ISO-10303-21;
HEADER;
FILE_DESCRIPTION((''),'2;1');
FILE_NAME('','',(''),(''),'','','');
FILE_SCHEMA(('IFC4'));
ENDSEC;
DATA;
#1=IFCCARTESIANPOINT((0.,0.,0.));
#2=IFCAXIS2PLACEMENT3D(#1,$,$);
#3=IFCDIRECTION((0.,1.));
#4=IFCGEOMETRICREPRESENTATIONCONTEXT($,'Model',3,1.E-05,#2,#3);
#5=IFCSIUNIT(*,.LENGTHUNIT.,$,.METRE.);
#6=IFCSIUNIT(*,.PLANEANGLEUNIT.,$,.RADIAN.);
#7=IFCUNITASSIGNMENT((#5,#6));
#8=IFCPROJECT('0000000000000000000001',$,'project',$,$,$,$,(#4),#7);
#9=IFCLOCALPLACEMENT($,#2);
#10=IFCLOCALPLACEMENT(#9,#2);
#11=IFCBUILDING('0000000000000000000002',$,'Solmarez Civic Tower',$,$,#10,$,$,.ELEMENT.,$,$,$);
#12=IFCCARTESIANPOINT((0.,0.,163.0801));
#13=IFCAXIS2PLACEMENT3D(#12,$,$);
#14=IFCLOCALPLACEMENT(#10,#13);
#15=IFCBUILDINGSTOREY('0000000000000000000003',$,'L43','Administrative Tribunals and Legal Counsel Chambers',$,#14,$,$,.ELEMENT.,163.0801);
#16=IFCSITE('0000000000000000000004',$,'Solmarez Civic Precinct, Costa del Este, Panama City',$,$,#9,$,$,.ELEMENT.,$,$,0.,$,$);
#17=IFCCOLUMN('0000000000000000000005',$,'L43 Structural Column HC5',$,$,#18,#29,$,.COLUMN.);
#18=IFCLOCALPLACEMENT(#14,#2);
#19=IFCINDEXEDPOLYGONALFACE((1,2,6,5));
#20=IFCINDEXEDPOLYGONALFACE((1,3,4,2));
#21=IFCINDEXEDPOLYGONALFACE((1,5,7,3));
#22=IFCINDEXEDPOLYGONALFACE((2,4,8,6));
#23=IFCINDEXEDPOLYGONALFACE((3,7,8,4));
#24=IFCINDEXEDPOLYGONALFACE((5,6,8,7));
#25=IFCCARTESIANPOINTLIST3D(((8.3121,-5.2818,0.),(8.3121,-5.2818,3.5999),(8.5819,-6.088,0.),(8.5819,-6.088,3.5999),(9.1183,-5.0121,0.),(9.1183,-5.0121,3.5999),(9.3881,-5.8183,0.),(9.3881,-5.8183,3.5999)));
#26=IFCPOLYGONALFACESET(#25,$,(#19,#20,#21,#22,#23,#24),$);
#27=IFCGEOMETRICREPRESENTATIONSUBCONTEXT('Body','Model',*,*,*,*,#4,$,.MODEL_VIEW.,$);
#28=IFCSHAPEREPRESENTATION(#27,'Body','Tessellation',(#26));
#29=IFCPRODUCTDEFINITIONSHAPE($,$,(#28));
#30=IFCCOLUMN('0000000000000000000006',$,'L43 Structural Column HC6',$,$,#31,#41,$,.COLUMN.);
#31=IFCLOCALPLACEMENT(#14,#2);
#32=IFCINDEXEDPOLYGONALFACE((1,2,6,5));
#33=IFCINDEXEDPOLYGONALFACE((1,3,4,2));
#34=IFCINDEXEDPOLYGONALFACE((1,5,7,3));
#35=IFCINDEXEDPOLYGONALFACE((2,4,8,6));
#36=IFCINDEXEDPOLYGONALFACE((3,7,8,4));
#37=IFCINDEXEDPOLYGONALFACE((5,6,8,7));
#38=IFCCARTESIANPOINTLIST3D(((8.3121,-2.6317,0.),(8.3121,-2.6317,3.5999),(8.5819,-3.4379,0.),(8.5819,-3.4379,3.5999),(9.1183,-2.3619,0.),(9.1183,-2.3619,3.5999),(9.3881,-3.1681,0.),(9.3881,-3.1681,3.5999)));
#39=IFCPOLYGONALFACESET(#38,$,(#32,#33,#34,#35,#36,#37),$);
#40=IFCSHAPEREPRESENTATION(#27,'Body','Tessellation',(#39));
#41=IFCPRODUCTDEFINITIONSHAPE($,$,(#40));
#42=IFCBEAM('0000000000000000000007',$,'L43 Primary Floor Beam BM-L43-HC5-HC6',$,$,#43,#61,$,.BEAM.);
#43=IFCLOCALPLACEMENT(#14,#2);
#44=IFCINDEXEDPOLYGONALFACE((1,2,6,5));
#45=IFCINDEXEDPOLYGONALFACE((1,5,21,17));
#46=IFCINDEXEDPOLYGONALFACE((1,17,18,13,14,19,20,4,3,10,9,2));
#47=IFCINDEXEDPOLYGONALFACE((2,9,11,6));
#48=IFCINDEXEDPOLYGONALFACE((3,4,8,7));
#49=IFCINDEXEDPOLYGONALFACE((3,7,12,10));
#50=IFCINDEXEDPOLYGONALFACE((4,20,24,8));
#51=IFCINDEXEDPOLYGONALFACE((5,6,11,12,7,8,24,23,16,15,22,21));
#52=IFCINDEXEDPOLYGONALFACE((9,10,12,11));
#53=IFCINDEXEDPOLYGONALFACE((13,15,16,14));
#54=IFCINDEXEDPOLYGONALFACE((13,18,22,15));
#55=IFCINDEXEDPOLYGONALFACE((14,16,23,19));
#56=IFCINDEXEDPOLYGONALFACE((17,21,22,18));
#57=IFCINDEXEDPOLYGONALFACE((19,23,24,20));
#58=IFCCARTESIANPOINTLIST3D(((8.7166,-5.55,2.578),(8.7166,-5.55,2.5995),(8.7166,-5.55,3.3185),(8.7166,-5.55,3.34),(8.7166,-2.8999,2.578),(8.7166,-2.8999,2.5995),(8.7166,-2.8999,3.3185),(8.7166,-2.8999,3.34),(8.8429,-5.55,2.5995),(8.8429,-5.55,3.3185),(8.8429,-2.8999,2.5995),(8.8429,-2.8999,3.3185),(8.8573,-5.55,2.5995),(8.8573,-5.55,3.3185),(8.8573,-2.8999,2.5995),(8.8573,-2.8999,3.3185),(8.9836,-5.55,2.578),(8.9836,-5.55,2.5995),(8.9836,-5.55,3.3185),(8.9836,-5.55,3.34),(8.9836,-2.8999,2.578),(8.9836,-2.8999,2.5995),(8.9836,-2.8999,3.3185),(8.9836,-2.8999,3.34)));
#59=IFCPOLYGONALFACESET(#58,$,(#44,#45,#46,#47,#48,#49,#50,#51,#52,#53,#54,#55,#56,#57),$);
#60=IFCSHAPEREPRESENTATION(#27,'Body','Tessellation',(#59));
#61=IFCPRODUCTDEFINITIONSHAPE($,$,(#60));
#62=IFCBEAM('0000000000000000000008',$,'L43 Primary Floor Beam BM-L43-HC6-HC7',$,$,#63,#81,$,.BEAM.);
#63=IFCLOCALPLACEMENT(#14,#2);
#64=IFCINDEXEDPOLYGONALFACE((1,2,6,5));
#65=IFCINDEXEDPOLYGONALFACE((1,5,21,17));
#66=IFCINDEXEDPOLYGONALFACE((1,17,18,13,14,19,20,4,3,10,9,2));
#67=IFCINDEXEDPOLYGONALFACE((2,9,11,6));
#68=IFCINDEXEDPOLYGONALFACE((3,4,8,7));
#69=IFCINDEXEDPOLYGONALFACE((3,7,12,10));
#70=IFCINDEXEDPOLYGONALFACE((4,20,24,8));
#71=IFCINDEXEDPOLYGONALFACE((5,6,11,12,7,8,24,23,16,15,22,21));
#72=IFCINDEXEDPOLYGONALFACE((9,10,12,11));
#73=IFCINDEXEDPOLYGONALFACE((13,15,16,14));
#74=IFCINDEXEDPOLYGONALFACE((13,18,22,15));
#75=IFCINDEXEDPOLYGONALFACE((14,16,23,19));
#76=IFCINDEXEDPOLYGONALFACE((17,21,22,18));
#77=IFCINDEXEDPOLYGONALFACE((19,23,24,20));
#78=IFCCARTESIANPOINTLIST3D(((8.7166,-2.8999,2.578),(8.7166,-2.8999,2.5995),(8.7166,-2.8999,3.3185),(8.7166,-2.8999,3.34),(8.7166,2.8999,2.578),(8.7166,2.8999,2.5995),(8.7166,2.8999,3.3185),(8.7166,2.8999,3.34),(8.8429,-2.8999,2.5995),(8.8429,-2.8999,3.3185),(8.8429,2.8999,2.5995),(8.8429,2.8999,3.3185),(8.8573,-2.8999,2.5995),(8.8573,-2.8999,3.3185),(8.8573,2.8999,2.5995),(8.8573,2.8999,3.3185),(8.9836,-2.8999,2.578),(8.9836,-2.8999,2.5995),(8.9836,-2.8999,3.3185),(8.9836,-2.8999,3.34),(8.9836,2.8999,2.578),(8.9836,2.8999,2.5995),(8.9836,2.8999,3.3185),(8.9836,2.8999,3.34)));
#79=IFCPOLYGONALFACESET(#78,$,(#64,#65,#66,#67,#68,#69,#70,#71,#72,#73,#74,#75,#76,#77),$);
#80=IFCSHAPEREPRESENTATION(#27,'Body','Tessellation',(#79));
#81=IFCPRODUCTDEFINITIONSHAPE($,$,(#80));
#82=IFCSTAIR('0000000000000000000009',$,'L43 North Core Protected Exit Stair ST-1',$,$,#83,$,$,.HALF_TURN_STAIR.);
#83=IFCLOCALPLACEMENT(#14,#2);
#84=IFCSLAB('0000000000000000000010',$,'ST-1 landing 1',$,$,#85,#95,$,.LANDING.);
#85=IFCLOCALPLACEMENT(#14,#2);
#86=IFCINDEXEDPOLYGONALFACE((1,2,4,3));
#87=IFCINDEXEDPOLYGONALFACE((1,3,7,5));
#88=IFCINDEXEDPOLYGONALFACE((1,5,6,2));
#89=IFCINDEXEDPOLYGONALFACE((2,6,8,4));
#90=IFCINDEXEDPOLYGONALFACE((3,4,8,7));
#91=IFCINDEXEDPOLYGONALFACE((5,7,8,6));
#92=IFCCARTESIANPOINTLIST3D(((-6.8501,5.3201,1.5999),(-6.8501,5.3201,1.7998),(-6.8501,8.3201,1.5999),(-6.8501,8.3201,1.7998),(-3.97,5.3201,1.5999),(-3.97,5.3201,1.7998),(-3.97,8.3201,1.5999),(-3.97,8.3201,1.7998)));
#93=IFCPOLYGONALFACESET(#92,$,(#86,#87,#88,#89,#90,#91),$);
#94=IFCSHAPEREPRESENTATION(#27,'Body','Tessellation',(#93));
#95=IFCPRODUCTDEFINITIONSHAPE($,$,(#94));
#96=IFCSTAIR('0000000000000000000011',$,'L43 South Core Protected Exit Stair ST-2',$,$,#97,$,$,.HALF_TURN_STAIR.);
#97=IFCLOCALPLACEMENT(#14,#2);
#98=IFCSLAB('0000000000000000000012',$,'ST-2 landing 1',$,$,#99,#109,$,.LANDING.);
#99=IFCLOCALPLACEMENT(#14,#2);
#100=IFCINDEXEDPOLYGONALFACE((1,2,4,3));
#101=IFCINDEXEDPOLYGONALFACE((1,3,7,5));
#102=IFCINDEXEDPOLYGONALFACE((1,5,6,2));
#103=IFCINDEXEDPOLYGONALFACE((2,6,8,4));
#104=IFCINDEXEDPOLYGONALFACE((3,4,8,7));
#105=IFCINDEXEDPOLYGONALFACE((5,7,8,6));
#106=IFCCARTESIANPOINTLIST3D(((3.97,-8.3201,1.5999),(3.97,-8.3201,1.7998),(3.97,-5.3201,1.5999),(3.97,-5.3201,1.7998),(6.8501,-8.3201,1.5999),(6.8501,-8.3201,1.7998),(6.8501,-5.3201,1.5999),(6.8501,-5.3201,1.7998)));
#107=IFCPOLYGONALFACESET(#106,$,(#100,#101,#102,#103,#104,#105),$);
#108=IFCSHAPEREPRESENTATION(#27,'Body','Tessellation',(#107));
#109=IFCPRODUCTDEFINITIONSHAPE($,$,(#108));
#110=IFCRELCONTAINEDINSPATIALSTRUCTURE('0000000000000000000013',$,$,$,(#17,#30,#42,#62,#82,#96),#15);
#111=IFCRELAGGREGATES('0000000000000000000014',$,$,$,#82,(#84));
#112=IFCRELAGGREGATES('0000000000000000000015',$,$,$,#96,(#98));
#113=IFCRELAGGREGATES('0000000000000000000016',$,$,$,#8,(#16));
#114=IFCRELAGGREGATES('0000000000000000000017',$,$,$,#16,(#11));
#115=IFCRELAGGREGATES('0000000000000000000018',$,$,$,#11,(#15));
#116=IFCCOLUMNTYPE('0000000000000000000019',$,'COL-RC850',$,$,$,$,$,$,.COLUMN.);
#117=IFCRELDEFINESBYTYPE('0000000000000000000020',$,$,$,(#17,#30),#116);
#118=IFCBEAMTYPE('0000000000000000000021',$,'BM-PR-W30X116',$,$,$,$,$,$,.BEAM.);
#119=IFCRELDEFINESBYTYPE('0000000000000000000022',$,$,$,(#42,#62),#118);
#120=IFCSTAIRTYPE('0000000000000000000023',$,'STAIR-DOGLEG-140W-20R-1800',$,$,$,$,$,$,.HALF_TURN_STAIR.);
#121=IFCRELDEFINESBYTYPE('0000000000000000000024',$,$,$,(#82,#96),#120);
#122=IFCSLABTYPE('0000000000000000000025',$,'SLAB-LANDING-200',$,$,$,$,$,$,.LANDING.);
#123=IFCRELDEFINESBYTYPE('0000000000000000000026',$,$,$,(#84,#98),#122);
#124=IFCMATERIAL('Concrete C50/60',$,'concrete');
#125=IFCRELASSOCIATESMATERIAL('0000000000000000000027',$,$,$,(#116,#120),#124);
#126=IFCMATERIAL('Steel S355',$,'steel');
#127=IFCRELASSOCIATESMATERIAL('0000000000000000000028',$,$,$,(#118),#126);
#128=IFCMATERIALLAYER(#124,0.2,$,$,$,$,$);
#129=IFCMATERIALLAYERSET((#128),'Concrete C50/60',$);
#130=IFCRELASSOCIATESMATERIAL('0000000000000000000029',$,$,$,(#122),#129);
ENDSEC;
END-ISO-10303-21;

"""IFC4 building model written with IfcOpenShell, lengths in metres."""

from ifc_helpers import new_model, si_unit, direction, frame, origin, origin_2d, place, context, subcontext, project, spatial, polyline, rectangle, i_section, outline, extrude, material, layer, layer_set, material_profile, profile_set, type_object, element, aggregate, save


model = new_model("IFC4")

# Units and contexts
model_context = context("Model", 3, precision=1e-05, world=origin(), true_north=direction((0.0, 1.0)))
body_context = subcontext(model_context, "Body", "Model", "MODEL_VIEW")
ifc_project = project(units=[si_unit("LENGTHUNIT", "METRE"), si_unit("PLANEANGLEUNIT", "RADIAN")], contexts=[model_context])

# Site, building, storey
site_placement = place(None, origin())
site = spatial("IfcSite", under=ifc_project, at=site_placement, Name="Solmarez Civic Precinct, Costa del Este, Panama City", CompositionType="ELEMENT", RefElevation=0.0)
building_placement = place(site_placement, origin())
building = spatial("IfcBuilding", under=site, at=building_placement, Name="Solmarez Civic Tower", CompositionType="ELEMENT")
storey_placement = place(building_placement, frame((0.0, 0.0, 163.0801)))
storey = spatial("IfcBuildingStorey", under=building, at=storey_placement, Name="L43", Description="Administrative Tribunals and Legal Counsel Chambers", CompositionType="ELEMENT", Elevation=163.0801)

# Columns
ifc_material_1 = material(Name="Concrete C50/60", Category="concrete")
ifc_material_profile_1 = material_profile(ifc_material_1, rectangle(XDim=0.8501, YDim=0.8501, at=origin_2d()), Name="RC850X850")
ifc_profile_set_1 = profile_set([ifc_material_profile_1], Name="Concrete C50/60")
column_type = type_object("IfcColumnType", Name="COL-RC850", PredefinedType="COLUMN", material=ifc_profile_set_1)
for number, where, z_axis, x_axis, name in (
    (1, (8.8501, -5.55, 0.0), (0.0, 0.0, 1.0), (0.948324, 0.317305, 0.0), "L43 Structural Column HC5"),
    (2, (8.8501, -2.8999, 0.0), (0.0, 0.0, 1.0), (0.948324, 0.317305, 0.0), "L43 Structural Column HC6"),
):
    element("IfcColumn", number, at=place(storey_placement, frame(where, z_axis=z_axis, x_axis=x_axis)), inside=storey, type_object=column_type, Name=name, PredefinedType="COLUMN", context=body_context, shape_type="SweptSolid", body=[
        extrude(rectangle(XDim=0.8501, YDim=0.8501, at=origin_2d()), origin(), (0.0, 0.0, 1.0), 3.5999),
    ])

# Beams
ifc_material_2 = material(Name="Steel S355", Category="steel")
ifc_material_profile_2 = material_profile(ifc_material_2, i_section(OverallWidth=0.2671, OverallDepth=0.762, WebThickness=0.0144, FlangeThickness=0.0215, at=origin_2d()), Name="W30X116")
ifc_profile_set_2 = profile_set([ifc_material_profile_2], Name="Steel S355")
beam_type = type_object("IfcBeamType", Name="BM-PR-W30X116", PredefinedType="BEAM", material=ifc_profile_set_2)
beam_1_placement = place(storey_placement, frame((8.8501, -5.55, 2.959), z_axis=(0.0, 1.0, 0.0), x_axis=(-1.0, 0.0, 0.0)))
element("IfcBeam", 3, at=beam_1_placement, inside=storey, type_object=beam_type, Name="L43 Primary Floor Beam BM-L43-HC5-HC6", PredefinedType="BEAM", context=body_context, shape_type="SweptSolid", body=[
    extrude(i_section(OverallWidth=0.2671, OverallDepth=0.762, WebThickness=0.0144, FlangeThickness=0.0215, at=origin_2d()), origin(), (0.0, 0.0, 1.0), 2.6501),
])
beam_2_placement = place(storey_placement, frame((8.8501, -2.8999, 2.959), z_axis=(0.0, 1.0, 0.0), x_axis=(-1.0, 0.0, 0.0)))
element("IfcBeam", 4, at=beam_2_placement, inside=storey, type_object=beam_type, Name="L43 Primary Floor Beam BM-L43-HC6-HC7", PredefinedType="BEAM", context=body_context, shape_type="SweptSolid", body=[
    extrude(i_section(OverallWidth=0.2671, OverallDepth=0.762, WebThickness=0.0144, FlangeThickness=0.0215, at=origin_2d()), origin(), (0.0, 0.0, 1.0), 5.7998),
])

# Stairs, slabs
stair_type = type_object("IfcStairType", Name="STAIR-DOGLEG-140W-20R-1800", PredefinedType="HALF_TURN_STAIR", material=ifc_material_1)
stair_1_placement = place(storey_placement, origin())
stair_1 = element("IfcStair", 5, at=stair_1_placement, inside=storey, type_object=stair_type, Name="L43 North Core Protected Exit Stair ST-1", PredefinedType="HALF_TURN_STAIR")
ifc_layer_1 = layer(ifc_material_1, 0.2)
ifc_layer_set_1 = layer_set([ifc_layer_1], Name="Concrete C50/60")
slab_type_1 = type_object("IfcSlabType", Name="SLAB-LANDING-200", PredefinedType="LANDING", material=ifc_layer_set_1)
slab_1_placement = place(storey_placement, frame((0.0, 0.0, 1.5999)))
slab_1 = element("IfcSlab", 6, at=slab_1_placement, type_object=slab_type_1, Name="ST-1 landing 1", PredefinedType="LANDING", context=body_context, shape_type="SweptSolid", body=[
    extrude(outline(polyline([(-3.97, 8.3201), (-6.8501, 8.3201), (-6.8501, 5.3201), (-3.97, 5.3201), (-3.97, 8.3201)])), origin(), (0.0, 0.0, 1.0), 0.2),
])
aggregate(stair_1, [slab_1])
stair_2_placement = place(storey_placement, origin())
stair_2 = element("IfcStair", 7, at=stair_2_placement, inside=storey, type_object=stair_type, Name="L43 South Core Protected Exit Stair ST-2", PredefinedType="HALF_TURN_STAIR")
slab_2_placement = place(storey_placement, frame((0.0, 0.0, 1.5999)))
slab_2 = element("IfcSlab", 8, at=slab_2_placement, type_object=slab_type_1, Name="ST-2 landing 1", PredefinedType="LANDING", context=body_context, shape_type="SweptSolid", body=[
    extrude(outline(polyline([(3.97, -8.3201), (6.8501, -8.3201), (6.8501, -5.3201), (3.97, -5.3201), (3.97, -8.3201)])), origin(), (0.0, 0.0, 1.0), 0.2),
])

aggregate(stair_2, [slab_2])

save(model, "model.ifc")
